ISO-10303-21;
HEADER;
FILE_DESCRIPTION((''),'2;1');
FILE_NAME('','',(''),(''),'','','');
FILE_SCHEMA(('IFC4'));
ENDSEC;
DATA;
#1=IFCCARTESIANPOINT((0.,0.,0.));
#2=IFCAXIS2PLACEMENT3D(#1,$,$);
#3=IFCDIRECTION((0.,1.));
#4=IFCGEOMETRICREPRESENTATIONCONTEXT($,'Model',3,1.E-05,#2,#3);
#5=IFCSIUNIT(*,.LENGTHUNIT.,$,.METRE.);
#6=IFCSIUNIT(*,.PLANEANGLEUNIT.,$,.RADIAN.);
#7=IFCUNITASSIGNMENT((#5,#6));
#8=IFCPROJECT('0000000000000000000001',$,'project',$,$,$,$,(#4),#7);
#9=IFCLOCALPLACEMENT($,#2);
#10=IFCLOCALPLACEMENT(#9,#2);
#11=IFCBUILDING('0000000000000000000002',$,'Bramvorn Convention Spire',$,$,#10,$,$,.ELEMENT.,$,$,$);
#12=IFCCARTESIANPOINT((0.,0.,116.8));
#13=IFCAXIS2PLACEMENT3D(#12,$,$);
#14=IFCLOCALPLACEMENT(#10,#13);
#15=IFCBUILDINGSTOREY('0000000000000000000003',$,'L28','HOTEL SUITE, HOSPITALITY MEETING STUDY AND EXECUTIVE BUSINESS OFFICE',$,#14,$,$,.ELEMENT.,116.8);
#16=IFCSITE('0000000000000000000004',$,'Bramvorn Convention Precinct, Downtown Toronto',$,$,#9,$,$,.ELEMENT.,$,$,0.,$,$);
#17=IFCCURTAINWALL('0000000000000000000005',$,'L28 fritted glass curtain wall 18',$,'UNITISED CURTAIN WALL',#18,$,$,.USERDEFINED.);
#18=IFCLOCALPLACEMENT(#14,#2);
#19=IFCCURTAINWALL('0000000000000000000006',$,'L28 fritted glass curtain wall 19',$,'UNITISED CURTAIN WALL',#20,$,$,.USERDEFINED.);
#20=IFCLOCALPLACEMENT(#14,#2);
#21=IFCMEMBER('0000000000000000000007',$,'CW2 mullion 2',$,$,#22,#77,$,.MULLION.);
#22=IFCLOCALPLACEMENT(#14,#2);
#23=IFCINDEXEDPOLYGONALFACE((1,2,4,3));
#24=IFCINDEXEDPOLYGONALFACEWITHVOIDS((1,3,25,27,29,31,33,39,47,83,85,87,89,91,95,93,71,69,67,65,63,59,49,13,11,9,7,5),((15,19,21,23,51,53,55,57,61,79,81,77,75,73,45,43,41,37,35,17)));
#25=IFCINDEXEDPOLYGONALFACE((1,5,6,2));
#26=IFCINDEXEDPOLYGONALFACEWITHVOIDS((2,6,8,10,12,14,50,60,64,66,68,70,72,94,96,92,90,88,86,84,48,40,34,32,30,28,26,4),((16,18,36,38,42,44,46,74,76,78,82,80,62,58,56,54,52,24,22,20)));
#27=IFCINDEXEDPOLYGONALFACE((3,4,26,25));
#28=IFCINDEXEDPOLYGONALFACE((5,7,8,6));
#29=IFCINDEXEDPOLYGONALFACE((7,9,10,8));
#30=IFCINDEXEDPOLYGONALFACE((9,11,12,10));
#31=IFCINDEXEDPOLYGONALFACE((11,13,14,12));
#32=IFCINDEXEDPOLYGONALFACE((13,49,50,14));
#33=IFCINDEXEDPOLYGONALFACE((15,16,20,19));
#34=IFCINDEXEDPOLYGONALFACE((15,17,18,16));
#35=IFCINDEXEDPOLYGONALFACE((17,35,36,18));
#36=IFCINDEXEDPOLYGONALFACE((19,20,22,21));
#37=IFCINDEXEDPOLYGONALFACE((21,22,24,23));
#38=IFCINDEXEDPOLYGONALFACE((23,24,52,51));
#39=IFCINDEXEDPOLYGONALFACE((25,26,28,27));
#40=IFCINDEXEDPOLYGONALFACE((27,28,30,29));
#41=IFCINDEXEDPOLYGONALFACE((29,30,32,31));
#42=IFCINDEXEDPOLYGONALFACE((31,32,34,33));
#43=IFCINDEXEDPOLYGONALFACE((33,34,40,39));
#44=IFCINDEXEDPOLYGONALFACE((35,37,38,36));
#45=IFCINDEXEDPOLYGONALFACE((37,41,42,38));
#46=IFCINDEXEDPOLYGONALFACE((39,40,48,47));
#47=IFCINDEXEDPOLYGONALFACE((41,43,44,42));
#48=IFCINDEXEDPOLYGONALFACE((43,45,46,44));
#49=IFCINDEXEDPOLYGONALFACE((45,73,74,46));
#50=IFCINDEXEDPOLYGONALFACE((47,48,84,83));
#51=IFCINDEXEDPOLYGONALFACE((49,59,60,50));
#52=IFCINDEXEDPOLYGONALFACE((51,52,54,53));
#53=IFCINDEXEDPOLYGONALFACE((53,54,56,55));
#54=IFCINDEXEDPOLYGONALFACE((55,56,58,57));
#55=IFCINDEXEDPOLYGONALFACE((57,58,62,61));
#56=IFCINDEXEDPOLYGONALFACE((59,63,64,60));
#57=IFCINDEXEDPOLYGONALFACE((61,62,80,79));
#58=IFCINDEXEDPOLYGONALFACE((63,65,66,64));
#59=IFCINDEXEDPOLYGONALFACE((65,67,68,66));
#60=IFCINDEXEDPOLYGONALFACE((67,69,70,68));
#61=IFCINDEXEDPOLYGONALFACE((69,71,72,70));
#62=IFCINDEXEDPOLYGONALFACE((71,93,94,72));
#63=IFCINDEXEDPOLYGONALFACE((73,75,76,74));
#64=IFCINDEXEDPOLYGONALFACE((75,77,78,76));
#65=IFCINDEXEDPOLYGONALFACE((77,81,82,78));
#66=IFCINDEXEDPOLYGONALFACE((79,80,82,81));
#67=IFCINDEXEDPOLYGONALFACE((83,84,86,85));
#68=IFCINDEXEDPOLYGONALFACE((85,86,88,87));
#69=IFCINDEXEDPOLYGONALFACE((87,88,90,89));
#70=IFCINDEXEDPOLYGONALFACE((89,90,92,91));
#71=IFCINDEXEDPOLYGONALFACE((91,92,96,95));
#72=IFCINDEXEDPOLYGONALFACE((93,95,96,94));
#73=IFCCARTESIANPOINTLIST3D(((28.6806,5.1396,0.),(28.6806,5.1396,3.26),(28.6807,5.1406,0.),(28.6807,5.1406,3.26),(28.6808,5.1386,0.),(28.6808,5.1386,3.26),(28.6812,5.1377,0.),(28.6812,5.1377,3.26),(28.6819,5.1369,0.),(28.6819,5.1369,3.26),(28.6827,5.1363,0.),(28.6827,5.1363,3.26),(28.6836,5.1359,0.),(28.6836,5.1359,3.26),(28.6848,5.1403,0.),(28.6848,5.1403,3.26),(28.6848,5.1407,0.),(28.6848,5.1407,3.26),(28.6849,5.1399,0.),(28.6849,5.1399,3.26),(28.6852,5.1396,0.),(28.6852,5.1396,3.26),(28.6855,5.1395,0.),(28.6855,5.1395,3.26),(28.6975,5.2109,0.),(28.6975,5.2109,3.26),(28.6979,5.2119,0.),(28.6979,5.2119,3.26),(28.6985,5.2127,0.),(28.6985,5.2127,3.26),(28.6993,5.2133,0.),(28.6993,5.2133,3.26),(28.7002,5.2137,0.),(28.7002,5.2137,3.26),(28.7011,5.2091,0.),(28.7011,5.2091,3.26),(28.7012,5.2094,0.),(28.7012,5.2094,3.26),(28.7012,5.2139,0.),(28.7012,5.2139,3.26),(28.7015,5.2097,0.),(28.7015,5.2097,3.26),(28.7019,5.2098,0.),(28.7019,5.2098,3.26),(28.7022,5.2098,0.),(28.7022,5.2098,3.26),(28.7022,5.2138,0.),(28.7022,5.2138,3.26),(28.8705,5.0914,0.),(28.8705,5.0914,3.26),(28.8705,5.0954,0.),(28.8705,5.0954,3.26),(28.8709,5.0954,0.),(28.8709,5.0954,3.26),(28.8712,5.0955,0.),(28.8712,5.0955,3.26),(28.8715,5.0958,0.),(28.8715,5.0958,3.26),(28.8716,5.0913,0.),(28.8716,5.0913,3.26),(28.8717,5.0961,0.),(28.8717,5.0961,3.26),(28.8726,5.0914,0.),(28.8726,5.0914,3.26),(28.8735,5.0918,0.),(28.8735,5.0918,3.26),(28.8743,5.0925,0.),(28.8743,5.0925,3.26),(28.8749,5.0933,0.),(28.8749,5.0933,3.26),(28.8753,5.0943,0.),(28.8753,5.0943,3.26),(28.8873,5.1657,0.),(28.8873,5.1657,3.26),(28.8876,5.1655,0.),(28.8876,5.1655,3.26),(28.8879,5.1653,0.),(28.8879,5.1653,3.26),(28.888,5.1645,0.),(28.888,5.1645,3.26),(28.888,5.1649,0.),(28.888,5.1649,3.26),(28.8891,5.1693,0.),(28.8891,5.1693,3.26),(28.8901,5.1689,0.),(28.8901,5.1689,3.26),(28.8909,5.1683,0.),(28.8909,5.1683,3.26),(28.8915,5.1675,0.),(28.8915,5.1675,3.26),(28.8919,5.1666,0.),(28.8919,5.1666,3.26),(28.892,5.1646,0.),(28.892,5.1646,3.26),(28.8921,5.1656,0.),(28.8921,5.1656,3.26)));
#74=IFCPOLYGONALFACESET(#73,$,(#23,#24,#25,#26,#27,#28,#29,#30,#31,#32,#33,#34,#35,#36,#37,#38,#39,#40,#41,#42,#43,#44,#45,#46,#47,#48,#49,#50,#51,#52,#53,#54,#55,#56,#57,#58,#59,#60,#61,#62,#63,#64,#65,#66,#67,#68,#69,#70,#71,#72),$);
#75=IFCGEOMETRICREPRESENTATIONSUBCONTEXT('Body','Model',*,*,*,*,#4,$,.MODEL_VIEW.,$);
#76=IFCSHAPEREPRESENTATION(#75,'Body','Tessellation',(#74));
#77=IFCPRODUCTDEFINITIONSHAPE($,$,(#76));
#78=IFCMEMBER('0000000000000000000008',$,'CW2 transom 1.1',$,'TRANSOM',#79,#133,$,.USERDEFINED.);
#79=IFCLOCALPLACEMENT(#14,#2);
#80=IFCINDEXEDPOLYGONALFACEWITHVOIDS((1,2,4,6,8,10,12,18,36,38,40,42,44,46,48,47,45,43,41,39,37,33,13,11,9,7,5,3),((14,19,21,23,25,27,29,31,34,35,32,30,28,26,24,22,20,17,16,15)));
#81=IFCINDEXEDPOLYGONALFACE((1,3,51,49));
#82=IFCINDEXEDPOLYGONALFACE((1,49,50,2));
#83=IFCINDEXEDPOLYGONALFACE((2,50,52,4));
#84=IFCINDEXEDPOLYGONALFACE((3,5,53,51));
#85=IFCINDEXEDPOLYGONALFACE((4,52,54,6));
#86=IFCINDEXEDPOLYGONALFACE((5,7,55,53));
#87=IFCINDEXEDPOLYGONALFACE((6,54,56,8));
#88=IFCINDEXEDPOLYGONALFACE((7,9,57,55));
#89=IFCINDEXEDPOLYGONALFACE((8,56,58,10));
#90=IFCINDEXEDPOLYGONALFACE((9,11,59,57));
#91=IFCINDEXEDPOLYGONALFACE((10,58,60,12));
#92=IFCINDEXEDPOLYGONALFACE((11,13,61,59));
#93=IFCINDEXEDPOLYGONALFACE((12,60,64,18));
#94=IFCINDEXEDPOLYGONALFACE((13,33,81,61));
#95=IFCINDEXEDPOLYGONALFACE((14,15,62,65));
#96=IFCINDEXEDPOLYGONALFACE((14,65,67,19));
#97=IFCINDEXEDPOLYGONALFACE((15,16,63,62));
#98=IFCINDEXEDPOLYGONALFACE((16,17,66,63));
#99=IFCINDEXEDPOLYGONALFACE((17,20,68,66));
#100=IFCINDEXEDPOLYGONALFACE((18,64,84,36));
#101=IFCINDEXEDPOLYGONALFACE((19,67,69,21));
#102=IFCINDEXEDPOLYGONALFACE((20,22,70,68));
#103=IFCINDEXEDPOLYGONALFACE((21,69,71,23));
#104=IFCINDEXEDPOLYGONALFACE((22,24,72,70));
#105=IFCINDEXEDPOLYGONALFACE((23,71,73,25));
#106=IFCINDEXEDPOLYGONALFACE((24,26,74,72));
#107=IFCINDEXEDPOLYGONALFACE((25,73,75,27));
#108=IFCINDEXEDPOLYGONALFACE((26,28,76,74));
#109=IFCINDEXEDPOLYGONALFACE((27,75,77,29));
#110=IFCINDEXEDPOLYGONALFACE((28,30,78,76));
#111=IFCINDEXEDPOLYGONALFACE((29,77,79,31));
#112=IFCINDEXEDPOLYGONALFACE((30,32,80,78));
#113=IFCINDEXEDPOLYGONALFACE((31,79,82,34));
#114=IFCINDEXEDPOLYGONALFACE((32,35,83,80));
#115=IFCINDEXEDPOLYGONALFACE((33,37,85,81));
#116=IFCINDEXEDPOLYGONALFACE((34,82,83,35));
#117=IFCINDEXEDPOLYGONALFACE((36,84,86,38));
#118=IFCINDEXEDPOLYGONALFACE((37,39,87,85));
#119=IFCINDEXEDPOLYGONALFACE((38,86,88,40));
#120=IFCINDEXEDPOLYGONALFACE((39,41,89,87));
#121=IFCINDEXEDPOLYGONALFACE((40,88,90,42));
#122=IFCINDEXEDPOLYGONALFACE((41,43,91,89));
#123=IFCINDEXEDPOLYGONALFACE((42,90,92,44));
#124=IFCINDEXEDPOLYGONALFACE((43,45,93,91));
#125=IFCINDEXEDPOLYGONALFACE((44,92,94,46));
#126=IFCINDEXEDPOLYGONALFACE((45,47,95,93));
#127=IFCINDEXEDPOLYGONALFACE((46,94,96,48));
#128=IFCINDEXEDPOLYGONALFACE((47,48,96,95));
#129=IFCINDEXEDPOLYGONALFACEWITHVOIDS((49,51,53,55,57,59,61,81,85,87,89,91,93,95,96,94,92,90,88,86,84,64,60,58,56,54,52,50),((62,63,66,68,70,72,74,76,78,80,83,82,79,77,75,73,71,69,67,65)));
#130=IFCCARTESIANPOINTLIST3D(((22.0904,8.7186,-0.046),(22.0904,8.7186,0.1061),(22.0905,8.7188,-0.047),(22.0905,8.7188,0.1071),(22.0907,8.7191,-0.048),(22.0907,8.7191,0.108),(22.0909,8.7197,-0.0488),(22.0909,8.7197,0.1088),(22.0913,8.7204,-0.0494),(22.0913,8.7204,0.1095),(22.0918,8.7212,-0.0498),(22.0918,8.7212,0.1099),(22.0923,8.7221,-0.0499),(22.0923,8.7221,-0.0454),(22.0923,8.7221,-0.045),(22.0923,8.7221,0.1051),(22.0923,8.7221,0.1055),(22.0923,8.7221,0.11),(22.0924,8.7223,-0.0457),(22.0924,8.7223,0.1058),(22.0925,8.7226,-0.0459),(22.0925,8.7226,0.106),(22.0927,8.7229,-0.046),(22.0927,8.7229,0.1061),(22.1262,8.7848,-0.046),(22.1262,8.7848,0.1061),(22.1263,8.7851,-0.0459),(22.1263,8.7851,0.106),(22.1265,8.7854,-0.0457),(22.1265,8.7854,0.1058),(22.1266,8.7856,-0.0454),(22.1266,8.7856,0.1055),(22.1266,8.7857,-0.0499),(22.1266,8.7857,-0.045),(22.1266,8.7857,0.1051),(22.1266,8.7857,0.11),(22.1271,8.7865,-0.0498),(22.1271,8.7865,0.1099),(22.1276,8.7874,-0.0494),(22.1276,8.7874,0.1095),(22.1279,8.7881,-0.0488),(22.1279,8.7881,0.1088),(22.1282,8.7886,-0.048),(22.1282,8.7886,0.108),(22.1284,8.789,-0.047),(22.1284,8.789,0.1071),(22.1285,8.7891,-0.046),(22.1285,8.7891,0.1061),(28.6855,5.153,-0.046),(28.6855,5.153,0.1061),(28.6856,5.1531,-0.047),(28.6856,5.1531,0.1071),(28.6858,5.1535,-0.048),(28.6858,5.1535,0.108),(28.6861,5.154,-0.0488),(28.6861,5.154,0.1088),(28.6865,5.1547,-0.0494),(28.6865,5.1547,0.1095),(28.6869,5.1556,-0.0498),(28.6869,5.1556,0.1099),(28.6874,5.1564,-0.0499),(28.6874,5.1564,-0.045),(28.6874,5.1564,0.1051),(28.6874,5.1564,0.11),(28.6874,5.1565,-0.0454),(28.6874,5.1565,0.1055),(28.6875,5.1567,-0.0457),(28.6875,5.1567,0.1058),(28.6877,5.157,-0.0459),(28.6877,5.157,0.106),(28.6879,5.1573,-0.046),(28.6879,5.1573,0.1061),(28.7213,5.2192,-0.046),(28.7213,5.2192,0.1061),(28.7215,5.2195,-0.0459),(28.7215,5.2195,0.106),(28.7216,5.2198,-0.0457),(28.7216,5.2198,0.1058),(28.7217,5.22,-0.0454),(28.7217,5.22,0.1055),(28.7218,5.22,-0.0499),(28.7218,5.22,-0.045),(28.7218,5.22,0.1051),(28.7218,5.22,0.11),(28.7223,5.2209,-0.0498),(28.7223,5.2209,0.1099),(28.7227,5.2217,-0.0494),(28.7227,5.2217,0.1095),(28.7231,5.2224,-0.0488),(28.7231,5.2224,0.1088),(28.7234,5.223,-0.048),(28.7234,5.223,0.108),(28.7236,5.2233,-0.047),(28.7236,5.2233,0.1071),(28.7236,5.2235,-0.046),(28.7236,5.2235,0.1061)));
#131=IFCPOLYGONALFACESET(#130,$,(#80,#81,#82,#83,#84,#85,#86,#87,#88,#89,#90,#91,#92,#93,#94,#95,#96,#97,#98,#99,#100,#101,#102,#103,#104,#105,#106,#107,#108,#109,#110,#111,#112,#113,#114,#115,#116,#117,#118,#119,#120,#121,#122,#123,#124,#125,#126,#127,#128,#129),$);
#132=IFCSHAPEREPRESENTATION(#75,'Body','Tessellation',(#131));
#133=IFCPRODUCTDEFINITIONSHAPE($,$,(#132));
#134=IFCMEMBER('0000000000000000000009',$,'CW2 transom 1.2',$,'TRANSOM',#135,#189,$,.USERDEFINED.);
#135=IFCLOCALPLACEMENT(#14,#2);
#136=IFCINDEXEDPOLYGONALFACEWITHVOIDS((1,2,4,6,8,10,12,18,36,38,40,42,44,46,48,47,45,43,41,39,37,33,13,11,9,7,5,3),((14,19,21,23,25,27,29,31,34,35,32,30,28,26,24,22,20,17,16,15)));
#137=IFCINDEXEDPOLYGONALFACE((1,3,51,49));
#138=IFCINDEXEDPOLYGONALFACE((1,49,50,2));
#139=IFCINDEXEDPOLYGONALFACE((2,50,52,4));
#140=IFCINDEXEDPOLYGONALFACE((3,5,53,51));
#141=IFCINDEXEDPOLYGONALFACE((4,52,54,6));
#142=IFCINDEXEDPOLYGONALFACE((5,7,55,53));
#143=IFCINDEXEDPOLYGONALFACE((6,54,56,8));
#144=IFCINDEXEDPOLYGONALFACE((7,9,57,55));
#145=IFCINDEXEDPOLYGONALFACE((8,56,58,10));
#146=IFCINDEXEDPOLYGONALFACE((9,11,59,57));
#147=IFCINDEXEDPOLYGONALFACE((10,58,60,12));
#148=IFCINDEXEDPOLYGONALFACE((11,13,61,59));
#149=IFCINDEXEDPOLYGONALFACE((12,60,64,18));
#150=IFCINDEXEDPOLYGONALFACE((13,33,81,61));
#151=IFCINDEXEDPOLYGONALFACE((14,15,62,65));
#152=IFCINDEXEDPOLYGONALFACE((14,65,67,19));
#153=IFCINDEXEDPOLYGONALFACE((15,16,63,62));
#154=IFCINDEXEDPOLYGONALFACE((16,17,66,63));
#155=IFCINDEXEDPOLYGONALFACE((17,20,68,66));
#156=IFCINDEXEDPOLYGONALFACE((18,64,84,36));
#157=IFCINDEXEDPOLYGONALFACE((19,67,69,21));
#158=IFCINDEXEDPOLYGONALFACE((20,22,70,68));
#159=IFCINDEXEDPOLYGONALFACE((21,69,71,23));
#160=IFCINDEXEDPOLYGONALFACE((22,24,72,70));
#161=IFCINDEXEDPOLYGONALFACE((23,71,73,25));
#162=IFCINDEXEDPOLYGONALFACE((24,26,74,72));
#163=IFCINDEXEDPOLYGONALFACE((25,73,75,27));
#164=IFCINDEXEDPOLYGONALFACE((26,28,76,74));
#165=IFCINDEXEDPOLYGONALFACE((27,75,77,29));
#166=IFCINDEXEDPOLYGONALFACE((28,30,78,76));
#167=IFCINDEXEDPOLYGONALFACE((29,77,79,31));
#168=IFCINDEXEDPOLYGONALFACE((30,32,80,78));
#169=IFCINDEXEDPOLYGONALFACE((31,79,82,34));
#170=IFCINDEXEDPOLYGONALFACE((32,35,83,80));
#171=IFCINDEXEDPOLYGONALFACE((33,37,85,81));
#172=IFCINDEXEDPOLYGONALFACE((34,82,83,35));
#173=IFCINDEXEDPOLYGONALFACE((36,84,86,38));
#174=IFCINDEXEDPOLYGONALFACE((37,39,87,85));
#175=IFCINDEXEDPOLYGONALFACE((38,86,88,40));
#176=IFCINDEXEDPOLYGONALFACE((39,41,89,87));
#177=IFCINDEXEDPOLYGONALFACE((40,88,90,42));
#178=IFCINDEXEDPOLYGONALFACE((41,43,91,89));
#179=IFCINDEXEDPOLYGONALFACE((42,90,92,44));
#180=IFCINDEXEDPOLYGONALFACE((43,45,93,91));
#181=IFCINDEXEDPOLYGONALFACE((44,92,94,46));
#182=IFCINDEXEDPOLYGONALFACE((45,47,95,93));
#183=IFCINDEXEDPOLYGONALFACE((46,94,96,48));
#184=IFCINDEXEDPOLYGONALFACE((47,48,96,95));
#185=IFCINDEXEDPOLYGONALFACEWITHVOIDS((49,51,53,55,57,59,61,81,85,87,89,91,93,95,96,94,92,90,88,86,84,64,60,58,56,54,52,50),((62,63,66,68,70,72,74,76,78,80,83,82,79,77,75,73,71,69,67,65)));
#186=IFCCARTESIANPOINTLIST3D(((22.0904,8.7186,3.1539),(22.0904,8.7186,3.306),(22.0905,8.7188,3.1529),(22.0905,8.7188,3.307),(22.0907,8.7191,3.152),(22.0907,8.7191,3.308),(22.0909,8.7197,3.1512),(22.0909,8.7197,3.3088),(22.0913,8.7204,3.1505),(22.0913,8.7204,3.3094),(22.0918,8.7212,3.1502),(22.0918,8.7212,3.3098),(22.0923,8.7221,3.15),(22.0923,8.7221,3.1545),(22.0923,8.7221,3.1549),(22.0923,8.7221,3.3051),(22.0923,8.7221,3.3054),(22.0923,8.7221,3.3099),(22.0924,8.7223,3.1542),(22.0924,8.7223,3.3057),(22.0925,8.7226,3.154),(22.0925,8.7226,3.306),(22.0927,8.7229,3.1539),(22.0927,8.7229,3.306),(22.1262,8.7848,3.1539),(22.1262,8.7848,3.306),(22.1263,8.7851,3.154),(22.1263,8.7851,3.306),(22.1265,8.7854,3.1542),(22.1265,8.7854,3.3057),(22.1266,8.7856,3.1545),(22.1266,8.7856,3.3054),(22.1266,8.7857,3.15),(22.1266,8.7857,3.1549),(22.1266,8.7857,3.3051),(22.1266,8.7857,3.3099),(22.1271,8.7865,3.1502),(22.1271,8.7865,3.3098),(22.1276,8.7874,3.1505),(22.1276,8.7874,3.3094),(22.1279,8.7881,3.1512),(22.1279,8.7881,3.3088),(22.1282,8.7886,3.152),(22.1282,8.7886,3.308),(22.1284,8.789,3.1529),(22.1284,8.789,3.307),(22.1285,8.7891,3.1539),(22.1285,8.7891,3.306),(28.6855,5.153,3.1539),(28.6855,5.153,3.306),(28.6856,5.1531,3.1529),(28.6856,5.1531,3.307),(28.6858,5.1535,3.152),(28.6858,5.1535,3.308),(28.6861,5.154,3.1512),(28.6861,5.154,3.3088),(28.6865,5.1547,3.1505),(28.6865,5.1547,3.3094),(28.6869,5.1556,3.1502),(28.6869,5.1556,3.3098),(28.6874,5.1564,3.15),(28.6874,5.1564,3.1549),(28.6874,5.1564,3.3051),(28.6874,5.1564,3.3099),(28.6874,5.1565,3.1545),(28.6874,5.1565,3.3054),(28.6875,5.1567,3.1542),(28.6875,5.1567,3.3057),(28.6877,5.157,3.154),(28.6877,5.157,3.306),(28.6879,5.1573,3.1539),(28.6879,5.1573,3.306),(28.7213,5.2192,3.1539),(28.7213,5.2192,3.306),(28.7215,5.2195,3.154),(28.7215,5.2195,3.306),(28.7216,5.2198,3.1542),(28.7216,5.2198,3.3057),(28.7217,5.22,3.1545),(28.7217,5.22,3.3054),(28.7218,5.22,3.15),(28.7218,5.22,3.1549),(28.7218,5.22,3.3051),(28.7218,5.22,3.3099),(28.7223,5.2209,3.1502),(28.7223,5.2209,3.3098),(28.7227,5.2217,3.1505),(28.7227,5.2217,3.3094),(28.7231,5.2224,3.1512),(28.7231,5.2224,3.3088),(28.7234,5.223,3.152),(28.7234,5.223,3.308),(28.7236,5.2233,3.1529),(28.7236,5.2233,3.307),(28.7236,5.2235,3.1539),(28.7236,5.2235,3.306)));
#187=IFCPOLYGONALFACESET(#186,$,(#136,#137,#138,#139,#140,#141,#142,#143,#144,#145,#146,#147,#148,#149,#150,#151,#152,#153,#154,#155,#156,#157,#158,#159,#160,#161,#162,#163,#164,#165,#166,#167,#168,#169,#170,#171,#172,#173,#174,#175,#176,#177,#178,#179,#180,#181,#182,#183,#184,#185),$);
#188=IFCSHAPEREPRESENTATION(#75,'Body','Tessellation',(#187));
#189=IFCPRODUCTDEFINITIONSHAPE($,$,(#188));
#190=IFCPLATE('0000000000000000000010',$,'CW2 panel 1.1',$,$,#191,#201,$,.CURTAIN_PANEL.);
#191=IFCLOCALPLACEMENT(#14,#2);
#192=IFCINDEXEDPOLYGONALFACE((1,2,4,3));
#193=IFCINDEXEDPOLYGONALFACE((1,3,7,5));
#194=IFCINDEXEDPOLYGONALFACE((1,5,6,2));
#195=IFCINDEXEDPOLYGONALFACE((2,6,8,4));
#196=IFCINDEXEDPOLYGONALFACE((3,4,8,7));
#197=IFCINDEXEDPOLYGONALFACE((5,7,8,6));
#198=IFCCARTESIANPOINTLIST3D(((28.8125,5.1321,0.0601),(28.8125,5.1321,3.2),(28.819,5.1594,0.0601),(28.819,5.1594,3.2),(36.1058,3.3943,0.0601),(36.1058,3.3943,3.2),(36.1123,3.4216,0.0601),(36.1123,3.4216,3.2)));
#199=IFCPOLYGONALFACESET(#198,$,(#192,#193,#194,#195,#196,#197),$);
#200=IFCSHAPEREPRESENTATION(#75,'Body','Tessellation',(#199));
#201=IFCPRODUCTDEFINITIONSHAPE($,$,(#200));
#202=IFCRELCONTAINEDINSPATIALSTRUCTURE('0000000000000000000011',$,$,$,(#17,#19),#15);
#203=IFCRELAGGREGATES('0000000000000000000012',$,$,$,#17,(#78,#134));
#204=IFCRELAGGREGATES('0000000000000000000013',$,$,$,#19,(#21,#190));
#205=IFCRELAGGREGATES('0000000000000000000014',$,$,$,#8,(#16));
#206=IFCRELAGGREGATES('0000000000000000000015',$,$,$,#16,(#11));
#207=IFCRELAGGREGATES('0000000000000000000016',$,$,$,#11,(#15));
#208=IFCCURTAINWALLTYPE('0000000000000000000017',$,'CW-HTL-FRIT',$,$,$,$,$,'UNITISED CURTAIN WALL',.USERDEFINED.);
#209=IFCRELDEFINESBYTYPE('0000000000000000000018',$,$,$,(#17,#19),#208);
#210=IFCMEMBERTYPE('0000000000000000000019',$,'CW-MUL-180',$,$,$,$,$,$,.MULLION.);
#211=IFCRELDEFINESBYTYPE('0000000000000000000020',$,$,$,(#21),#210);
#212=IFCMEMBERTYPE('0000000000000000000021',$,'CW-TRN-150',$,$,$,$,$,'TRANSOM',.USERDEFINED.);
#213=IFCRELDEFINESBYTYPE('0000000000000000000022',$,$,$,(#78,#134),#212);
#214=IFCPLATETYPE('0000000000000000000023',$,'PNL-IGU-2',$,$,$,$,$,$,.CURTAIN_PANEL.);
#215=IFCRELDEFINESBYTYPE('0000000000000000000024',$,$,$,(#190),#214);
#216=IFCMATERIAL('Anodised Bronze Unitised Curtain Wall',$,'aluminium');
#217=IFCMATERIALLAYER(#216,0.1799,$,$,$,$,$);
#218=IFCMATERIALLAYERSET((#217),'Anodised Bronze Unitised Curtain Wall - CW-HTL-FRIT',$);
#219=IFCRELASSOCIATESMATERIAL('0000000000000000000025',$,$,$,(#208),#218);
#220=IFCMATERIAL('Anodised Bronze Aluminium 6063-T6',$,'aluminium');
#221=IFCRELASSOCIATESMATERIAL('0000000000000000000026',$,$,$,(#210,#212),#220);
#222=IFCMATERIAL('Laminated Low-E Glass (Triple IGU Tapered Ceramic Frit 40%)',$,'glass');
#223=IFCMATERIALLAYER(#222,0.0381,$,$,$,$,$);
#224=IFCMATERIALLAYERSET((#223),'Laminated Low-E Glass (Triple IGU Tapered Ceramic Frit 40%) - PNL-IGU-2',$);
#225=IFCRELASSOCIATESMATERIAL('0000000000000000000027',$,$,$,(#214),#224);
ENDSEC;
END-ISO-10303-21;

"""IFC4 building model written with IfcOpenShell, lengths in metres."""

from ifc_helpers import new_model, si_unit, direction, frame, origin, origin_2d, place, context, subcontext, project, spatial, rectangle, hollow_rectangle, extrude, material, layer, layer_set, material_profile, profile_set, type_object, element, aggregate, save


model = new_model("IFC4")

# Units and contexts
model_context = context("Model", 3, precision=1e-05, world=origin(), true_north=direction((0.0, 1.0)))
body_context = subcontext(model_context, "Body", "Model", "MODEL_VIEW")
ifc_project = project(units=[si_unit("LENGTHUNIT", "METRE"), si_unit("PLANEANGLEUNIT", "RADIAN")], contexts=[model_context])

# Site, building, storey
site_placement = place(None, origin())
site = spatial("IfcSite", under=ifc_project, at=site_placement, Name="Bramvorn Convention Precinct, Downtown Toronto", CompositionType="ELEMENT", RefElevation=0.0)
building_placement = place(site_placement, origin())
building = spatial("IfcBuilding", under=site, at=building_placement, Name="Bramvorn Convention Spire", CompositionType="ELEMENT")
storey_placement = place(building_placement, frame((0.0, 0.0, 116.8)))
storey = spatial("IfcBuildingStorey", under=building, at=storey_placement, Name="L28", Description="HOTEL SUITE, HOSPITALITY MEETING STUDY AND EXECUTIVE BUSINESS OFFICE", CompositionType="ELEMENT", Elevation=116.8)

# Curtain walls, member
ifc_material_1 = material(Name="Anodised Bronze Unitised Curtain Wall", Category="aluminium")
ifc_layer_1 = layer(ifc_material_1, 0.1799)
ifc_layer_set_1 = layer_set([ifc_layer_1], Name="Anodised Bronze Unitised Curtain Wall - CW-HTL-FRIT")
curtain_wall_type = type_object("IfcCurtainWallType", Name="CW-HTL-FRIT", ElementType="UNITISED CURTAIN WALL", PredefinedType="USERDEFINED", material=ifc_layer_set_1)
curtain_wall_1_placement = place(storey_placement, origin())
curtain_wall_1 = element("IfcCurtainWall", 1, at=curtain_wall_1_placement, inside=storey, type_object=curtain_wall_type, Name="L28 fritted glass curtain wall 18", ObjectType="UNITISED CURTAIN WALL", PredefinedType="USERDEFINED")
ifc_material_2 = material(Name="Anodised Bronze Aluminium 6063-T6", Category="aluminium")
ifc_material_profile_1 = material_profile(ifc_material_2, hollow_rectangle(XDim=0.0801, YDim=0.2, WallThickness=0.0039, InnerFilletRadius=0.001, OuterFilletRadius=0.0039, at=origin_2d()))
ifc_profile_set_1 = profile_set([ifc_material_profile_1], Name="Anodised Bronze Aluminium 6063-T6 - CWM80X200")
member_type_1 = type_object("IfcMemberType", Name="CW-MUL-180", PredefinedType="MULLION", material=ifc_profile_set_1)
curtain_wall_2_placement = place(storey_placement, origin())
curtain_wall_2 = element("IfcCurtainWall", 2, at=curtain_wall_2_placement, inside=storey, type_object=curtain_wall_type, Name="L28 fritted glass curtain wall 19", ObjectType="UNITISED CURTAIN WALL", PredefinedType="USERDEFINED")
member_1_placement = place(storey_placement, frame((28.7864, 5.1526, 0.0), z_axis=(0.0, 0.0, 1.0), x_axis=(-0.231784, -0.972767, 0.0)))
member_1 = element("IfcMember", 3, at=member_1_placement, type_object=member_type_1, Name="CW2 mullion 2", PredefinedType="MULLION", context=body_context, shape_type="SweptSolid", body=[
    extrude(hollow_rectangle(XDim=0.0801, YDim=0.2, WallThickness=0.0039, InnerFilletRadius=0.001, OuterFilletRadius=0.0039, at=origin_2d()), origin(), (0.0, 0.0, 1.0), 3.26),
])

# Members
ifc_material_profile_2 = material_profile(ifc_material_2, hollow_rectangle(XDim=0.0801, YDim=0.1599, WallThickness=0.0039, InnerFilletRadius=0.001, OuterFilletRadius=0.0039, at=origin_2d()))
ifc_profile_set_2 = profile_set([ifc_material_profile_2], Name="Anodised Bronze Aluminium 6063-T6 - CWT80X160")
member_type_2 = type_object("IfcMemberType", Name="CW-TRN-150", ElementType="TRANSOM", PredefinedType="USERDEFINED", material=ifc_profile_set_2)
member_2_placement = place(storey_placement, frame((28.7046, 5.1882, 0.03), z_axis=(-0.879668, 0.475589, 0.0), x_axis=(-0.475589, -0.879668, 0.0)))
member_2 = element("IfcMember", 4, at=member_2_placement, type_object=member_type_2, Name="CW2 transom 1.1", ObjectType="TRANSOM", PredefinedType="USERDEFINED", context=body_context, shape_type="SweptSolid", body=[
    extrude(hollow_rectangle(XDim=0.0801, YDim=0.1599, WallThickness=0.0039, InnerFilletRadius=0.001, OuterFilletRadius=0.0039, at=origin_2d()), origin(), (0.0, 0.0, 1.0), 7.4973),
])
member_3_placement = place(storey_placement, frame((28.7046, 5.1882, 3.23), z_axis=(-0.879668, 0.475589, 0.0), x_axis=(-0.475589, -0.879668, 0.0)))
member_3 = element("IfcMember", 5, at=member_3_placement, type_object=member_type_2, Name="CW2 transom 1.2", ObjectType="TRANSOM", PredefinedType="USERDEFINED", context=body_context, shape_type="SweptSolid", body=[
    extrude(hollow_rectangle(XDim=0.0801, YDim=0.1599, WallThickness=0.0039, InnerFilletRadius=0.001, OuterFilletRadius=0.0039, at=origin_2d()), origin(), (0.0, 0.0, 1.0), 7.4973),
])
aggregate(curtain_wall_1, [member_2, member_3])

# Plate
ifc_material_3 = material(Name="Laminated Low-E Glass (Triple IGU Tapered Ceramic Frit 40%)", Category="glass")
ifc_layer_2 = layer(ifc_material_3, 0.0381)
ifc_layer_set_2 = layer_set([ifc_layer_2], Name="Laminated Low-E Glass (Triple IGU Tapered Ceramic Frit 40%) - PNL-IGU-2")
plate_type = type_object("IfcPlateType", Name="PNL-IGU-2", PredefinedType="CURTAIN_PANEL", material=ifc_layer_set_2)
plate_placement = place(storey_placement, frame((32.4624, 4.2769, 0.0601), z_axis=(0.0, 0.0, 1.0), x_axis=(-0.972767, 0.231784, 0.0)))
plate = element("IfcPlate", 6, at=plate_placement, type_object=plate_type, Name="CW2 panel 1.1", PredefinedType="CURTAIN_PANEL", context=body_context, shape_type="SweptSolid", body=[
    extrude(rectangle(XDim=7.4976, YDim=0.0281, at=origin_2d()), origin(), (0.0, 0.0, 1.0), 3.1399),
])
aggregate(curtain_wall_2, [member_1, plate])

save(model, "model.ifc")
